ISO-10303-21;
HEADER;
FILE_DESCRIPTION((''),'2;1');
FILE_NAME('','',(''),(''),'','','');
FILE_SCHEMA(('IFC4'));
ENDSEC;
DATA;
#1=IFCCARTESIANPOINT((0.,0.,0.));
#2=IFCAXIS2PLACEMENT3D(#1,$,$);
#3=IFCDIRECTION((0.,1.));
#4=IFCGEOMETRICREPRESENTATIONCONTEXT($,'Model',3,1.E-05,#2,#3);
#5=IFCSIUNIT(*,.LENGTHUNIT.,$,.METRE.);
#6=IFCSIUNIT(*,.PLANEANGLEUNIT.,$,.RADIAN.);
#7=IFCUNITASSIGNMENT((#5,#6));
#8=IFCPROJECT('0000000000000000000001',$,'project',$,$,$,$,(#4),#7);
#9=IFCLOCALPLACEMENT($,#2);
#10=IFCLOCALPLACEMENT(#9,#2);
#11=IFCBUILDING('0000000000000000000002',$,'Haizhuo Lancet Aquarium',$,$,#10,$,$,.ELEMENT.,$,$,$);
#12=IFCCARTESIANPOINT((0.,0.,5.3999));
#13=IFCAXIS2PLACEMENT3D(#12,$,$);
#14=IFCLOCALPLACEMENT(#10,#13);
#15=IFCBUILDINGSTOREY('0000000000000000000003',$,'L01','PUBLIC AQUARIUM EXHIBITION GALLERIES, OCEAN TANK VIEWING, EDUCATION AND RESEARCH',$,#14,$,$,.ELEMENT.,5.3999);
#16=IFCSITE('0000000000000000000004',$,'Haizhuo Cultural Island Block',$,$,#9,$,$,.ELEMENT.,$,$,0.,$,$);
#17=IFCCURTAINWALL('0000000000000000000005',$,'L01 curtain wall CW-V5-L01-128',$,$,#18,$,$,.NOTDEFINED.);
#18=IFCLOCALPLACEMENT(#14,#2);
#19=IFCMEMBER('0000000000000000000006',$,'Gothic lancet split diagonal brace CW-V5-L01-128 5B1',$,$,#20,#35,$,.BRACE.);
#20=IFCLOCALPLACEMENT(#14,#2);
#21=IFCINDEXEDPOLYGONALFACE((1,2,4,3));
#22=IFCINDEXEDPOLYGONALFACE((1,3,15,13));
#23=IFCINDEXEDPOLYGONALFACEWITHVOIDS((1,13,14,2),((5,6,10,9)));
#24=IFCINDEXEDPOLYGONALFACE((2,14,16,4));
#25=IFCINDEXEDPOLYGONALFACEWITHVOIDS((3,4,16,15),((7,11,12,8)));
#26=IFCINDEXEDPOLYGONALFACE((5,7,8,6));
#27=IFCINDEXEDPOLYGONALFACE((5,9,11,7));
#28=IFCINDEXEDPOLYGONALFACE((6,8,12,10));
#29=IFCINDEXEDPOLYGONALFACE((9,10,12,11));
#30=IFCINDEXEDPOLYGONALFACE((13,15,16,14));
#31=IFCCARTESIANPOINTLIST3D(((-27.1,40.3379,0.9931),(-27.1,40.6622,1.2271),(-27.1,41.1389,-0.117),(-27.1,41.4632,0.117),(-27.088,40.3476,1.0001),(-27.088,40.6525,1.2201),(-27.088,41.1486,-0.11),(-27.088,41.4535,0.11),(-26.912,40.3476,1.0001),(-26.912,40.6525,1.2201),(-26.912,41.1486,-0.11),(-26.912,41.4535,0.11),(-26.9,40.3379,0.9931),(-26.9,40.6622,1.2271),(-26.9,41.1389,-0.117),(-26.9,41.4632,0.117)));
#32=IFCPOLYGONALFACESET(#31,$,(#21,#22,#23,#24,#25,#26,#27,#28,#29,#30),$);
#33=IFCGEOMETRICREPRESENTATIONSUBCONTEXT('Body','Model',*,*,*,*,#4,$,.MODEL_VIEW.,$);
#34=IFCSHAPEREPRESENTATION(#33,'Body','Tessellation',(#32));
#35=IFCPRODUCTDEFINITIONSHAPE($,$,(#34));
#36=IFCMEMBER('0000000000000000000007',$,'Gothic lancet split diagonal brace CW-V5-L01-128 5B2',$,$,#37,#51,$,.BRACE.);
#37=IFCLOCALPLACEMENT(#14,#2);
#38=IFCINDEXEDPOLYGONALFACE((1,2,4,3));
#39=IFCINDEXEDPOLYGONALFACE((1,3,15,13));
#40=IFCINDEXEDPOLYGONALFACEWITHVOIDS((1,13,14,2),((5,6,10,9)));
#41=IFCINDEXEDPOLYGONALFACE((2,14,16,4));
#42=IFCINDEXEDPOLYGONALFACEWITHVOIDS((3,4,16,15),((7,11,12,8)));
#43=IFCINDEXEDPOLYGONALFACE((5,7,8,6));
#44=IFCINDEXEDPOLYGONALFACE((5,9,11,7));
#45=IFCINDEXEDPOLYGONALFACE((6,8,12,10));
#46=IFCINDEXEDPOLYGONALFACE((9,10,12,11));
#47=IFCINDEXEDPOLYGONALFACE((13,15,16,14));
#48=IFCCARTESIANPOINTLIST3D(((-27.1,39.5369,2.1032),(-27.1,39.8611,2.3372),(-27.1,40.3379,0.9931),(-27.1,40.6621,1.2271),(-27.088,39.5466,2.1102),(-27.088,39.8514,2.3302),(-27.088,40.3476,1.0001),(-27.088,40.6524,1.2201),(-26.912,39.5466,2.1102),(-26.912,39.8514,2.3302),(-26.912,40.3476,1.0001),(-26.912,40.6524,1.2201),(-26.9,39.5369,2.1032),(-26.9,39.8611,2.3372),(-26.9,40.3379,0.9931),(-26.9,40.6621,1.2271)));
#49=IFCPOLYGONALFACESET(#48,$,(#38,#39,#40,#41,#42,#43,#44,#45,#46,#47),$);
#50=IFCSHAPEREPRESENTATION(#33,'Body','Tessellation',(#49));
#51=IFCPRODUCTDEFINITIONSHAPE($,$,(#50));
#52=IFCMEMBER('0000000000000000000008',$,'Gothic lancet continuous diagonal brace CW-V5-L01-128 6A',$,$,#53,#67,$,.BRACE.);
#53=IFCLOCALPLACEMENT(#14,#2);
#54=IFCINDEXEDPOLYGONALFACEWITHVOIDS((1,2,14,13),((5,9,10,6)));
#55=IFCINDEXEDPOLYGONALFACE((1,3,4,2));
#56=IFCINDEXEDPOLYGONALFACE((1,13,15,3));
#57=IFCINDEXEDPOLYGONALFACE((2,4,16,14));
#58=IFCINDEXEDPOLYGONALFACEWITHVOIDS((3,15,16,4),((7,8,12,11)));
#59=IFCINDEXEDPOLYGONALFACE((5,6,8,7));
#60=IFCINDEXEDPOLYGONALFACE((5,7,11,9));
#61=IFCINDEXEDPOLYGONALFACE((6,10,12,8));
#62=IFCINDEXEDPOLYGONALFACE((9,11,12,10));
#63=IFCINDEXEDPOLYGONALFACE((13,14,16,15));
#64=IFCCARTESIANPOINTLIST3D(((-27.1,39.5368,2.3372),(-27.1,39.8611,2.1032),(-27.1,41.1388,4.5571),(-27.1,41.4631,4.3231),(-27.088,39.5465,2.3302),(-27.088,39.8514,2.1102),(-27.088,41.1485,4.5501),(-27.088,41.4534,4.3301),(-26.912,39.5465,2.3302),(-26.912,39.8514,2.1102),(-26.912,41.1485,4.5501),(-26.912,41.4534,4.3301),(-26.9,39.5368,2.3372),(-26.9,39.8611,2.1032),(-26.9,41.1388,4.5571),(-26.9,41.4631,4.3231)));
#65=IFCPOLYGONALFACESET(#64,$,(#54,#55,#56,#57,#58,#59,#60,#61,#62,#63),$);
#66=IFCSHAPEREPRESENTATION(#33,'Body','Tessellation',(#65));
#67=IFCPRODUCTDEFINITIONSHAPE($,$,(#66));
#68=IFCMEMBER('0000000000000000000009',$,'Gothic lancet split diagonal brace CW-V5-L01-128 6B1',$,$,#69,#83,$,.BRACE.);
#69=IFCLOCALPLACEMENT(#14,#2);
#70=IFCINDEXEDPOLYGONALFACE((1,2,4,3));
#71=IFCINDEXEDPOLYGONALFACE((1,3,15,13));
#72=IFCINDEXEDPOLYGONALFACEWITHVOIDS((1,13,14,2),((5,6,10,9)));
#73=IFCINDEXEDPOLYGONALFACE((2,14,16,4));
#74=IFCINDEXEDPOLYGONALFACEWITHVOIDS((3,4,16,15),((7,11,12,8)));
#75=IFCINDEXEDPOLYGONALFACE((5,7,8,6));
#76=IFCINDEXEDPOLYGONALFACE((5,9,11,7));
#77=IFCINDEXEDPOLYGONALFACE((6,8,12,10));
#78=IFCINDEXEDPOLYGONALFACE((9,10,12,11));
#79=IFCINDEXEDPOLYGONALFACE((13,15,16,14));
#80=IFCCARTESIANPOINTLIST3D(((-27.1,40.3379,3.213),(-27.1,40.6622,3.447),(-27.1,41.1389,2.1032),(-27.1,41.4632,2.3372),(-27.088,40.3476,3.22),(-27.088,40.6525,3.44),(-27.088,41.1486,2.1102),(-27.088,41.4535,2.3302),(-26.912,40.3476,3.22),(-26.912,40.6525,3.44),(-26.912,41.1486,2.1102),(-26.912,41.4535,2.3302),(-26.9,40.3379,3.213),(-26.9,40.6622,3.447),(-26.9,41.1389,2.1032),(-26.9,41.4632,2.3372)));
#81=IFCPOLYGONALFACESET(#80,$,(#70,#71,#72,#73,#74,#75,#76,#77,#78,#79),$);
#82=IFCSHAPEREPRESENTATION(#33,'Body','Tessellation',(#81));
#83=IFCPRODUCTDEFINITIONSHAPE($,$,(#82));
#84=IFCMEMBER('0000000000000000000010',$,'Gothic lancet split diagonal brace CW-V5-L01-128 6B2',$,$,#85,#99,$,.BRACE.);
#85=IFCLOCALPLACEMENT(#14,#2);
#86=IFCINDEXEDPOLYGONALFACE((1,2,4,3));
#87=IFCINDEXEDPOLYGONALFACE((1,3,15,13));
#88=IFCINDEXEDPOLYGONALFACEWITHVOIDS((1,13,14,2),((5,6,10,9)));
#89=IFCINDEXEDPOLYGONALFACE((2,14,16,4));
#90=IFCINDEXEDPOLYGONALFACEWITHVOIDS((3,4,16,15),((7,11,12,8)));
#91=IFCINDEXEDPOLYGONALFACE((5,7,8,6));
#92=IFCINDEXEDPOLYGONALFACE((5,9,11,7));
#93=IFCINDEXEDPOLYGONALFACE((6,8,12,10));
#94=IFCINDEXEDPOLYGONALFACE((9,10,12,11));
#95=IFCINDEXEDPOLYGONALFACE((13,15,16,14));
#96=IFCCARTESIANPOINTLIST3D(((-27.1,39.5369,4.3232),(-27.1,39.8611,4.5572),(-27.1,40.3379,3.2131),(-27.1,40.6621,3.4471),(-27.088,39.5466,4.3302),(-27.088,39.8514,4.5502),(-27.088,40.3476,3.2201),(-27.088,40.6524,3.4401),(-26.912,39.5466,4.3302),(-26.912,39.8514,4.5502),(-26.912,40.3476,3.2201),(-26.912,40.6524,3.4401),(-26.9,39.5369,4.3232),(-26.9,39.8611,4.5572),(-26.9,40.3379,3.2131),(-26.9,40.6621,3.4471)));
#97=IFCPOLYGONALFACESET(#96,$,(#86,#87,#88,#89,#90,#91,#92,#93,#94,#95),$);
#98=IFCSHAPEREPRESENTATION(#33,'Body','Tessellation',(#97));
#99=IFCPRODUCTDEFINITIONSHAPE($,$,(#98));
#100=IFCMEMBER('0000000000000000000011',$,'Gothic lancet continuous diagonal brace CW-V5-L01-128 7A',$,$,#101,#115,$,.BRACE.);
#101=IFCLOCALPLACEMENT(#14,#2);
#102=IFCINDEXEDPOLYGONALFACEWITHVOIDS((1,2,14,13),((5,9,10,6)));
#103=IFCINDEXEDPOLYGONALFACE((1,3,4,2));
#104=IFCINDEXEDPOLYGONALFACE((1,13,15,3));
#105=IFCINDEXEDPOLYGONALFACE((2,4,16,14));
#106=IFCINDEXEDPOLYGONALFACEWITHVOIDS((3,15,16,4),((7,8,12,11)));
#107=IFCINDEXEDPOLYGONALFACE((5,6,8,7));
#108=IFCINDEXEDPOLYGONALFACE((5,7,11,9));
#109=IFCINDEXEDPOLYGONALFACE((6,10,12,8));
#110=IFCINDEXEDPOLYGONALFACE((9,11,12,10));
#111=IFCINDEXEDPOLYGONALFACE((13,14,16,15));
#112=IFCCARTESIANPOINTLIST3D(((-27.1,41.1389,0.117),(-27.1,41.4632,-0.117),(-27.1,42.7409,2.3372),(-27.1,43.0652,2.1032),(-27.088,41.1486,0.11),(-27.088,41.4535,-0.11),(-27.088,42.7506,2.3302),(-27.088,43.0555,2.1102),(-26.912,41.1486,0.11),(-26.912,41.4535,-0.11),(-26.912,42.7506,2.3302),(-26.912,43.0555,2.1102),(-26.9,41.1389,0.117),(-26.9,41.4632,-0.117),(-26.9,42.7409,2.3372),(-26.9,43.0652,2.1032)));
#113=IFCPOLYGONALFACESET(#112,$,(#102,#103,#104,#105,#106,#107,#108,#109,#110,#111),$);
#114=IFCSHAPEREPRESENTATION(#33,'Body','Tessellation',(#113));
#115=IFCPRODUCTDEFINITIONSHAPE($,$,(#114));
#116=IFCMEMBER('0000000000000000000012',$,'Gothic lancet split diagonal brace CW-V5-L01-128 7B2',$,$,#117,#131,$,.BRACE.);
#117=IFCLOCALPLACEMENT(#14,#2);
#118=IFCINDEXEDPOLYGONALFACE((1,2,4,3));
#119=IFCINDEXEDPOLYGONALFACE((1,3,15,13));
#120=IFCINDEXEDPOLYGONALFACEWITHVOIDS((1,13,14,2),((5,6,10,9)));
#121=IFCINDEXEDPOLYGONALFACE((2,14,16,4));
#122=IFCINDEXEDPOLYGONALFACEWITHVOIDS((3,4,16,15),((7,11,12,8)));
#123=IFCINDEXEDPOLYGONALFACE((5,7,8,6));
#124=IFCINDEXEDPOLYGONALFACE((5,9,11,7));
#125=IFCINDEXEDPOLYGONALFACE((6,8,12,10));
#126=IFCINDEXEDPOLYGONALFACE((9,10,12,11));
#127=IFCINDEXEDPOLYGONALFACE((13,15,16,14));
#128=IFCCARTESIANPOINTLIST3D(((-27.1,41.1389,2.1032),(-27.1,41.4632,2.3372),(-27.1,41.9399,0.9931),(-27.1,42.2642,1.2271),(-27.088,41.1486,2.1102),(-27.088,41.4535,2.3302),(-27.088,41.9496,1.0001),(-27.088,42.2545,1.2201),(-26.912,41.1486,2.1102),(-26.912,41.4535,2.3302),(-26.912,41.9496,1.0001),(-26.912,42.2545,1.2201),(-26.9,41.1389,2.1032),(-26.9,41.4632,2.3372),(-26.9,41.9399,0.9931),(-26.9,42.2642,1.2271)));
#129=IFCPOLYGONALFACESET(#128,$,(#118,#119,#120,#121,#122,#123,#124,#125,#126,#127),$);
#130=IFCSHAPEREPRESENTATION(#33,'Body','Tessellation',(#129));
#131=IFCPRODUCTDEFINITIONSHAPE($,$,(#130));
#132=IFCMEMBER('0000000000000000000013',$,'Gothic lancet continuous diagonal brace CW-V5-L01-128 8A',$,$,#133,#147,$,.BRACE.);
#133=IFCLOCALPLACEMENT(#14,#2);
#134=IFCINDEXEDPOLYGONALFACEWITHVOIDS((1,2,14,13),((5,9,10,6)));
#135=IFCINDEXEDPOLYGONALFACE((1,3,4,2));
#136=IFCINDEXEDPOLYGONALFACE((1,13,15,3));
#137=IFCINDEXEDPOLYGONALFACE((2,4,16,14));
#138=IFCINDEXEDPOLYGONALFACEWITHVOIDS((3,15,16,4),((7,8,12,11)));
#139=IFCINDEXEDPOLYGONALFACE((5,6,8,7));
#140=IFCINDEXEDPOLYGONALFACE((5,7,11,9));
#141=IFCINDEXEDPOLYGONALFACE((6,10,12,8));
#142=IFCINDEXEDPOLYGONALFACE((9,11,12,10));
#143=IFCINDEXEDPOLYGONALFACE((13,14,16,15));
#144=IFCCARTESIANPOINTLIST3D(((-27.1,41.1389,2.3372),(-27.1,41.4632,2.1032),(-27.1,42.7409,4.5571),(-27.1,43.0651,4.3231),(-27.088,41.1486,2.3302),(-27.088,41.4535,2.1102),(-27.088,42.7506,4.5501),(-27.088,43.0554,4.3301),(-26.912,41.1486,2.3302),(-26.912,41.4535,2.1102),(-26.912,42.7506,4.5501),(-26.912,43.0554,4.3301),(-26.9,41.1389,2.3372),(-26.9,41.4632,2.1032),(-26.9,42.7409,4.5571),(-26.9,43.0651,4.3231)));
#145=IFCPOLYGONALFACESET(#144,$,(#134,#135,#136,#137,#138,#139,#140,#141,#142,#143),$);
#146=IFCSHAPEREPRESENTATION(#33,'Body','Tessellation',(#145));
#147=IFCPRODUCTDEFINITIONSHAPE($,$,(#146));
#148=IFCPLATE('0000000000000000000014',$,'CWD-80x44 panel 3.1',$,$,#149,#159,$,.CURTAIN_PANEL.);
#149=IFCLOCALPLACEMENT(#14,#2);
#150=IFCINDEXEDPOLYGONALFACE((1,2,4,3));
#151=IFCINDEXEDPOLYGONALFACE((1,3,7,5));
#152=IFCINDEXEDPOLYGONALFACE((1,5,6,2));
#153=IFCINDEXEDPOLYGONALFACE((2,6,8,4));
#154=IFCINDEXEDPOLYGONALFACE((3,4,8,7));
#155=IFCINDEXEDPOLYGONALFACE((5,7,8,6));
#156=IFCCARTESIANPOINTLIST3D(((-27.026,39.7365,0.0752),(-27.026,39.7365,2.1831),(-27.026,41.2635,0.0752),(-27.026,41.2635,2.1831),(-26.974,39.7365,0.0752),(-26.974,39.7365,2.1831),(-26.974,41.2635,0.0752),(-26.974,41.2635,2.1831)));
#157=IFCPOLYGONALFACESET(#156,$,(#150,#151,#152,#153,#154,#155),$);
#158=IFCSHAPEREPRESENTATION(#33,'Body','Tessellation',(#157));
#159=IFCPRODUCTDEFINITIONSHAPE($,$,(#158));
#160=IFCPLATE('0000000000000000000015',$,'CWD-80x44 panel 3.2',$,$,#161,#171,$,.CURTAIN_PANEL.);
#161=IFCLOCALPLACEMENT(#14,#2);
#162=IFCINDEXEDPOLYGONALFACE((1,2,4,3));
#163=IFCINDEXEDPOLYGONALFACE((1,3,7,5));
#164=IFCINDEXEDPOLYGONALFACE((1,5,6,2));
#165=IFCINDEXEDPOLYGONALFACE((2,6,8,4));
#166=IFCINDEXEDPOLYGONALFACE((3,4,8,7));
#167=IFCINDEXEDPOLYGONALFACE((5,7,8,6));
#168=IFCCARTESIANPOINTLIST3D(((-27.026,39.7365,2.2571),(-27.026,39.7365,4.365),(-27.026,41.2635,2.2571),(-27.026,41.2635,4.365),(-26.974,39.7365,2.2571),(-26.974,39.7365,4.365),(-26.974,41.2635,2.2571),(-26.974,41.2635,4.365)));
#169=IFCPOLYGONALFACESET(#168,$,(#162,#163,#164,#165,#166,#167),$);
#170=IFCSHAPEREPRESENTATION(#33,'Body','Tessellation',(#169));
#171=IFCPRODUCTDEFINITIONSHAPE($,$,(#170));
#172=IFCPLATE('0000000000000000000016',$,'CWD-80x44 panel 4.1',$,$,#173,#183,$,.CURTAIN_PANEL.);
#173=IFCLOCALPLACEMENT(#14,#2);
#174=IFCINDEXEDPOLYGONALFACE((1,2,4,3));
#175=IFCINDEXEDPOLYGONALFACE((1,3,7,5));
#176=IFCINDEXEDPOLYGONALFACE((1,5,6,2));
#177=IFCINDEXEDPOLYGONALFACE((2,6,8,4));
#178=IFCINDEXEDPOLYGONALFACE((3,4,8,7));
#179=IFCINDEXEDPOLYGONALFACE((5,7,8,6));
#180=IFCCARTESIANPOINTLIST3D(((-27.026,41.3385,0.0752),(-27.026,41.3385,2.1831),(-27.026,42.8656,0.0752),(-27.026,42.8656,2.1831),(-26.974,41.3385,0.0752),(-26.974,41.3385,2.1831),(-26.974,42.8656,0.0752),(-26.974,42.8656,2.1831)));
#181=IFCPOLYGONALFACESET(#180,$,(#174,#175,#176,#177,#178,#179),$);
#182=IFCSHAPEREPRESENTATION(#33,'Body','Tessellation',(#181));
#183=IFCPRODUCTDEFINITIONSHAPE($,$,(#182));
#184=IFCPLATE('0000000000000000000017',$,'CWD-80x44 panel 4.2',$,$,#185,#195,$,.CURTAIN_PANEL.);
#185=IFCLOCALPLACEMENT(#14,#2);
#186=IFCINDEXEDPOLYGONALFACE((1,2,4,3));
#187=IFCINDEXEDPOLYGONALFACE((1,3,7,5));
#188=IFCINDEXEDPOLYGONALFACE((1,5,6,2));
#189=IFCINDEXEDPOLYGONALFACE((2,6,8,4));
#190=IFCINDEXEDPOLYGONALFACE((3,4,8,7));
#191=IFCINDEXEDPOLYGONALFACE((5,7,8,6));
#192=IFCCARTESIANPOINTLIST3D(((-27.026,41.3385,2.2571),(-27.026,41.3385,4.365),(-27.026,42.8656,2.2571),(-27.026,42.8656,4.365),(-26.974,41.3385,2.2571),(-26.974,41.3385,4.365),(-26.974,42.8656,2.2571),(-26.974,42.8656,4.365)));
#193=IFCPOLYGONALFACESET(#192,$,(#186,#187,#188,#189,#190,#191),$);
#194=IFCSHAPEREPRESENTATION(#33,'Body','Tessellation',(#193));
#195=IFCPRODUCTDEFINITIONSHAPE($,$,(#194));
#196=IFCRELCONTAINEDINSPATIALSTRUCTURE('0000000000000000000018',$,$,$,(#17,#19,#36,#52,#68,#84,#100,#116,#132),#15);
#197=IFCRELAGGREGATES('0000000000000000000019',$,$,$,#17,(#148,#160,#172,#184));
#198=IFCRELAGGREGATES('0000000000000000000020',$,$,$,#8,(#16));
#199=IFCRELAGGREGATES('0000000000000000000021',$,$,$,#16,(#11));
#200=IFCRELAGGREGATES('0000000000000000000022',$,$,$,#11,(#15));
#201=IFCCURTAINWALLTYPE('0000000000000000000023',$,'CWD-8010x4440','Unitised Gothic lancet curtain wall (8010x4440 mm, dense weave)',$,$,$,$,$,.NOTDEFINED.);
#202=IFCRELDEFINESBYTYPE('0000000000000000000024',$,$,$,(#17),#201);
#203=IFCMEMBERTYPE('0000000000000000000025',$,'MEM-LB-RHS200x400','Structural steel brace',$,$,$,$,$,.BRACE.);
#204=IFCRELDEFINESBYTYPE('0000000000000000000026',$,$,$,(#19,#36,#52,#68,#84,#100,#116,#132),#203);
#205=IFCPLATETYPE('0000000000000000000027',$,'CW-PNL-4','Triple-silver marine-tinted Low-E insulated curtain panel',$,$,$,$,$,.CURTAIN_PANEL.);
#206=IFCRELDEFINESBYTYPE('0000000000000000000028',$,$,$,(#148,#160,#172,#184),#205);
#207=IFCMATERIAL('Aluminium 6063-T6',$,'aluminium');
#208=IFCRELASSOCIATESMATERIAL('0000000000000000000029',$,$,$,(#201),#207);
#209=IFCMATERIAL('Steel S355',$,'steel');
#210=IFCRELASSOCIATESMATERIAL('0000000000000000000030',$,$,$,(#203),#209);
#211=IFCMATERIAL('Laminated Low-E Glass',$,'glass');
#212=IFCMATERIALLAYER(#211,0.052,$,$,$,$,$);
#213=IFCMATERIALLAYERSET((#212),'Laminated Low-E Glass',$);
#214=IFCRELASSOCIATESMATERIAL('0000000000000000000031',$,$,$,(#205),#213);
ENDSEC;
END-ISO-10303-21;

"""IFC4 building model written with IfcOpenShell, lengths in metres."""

from ifc_helpers import new_model, si_unit, direction, frame, origin, origin_2d, place, context, subcontext, project, spatial, rectangle, hollow_rectangle, extrude, material, layer, layer_set, material_profile, profile_set, type_object, element, aggregate, save


model = new_model("IFC4")

# Units and contexts
model_context = context("Model", 3, precision=1e-05, world=origin(), true_north=direction((0.0, 1.0)))
body_context = subcontext(model_context, "Body", "Model", "MODEL_VIEW")
ifc_project = project(units=[si_unit("LENGTHUNIT", "METRE"), si_unit("PLANEANGLEUNIT", "RADIAN")], contexts=[model_context])

# Site, building, storey
site_placement = place(None, origin())
site = spatial("IfcSite", under=ifc_project, at=site_placement, Name="Haizhuo Cultural Island Block", CompositionType="ELEMENT", RefElevation=0.0)
building_placement = place(site_placement, origin())
building = spatial("IfcBuilding", under=site, at=building_placement, Name="Haizhuo Lancet Aquarium", CompositionType="ELEMENT")
storey_placement = place(building_placement, frame((0.0, 0.0, 5.3999)))
storey = spatial("IfcBuildingStorey", under=building, at=storey_placement, Name="L01", Description="PUBLIC AQUARIUM EXHIBITION GALLERIES, OCEAN TANK VIEWING, EDUCATION AND RESEARCH", CompositionType="ELEMENT", Elevation=5.3999)

# Curtain wall
ifc_material_1 = material(Name="Aluminium 6063-T6", Category="aluminium")
curtain_wall_type = type_object("IfcCurtainWallType", Name="CWD-8010x4440", Description="Unitised Gothic lancet curtain wall (8010x4440 mm, dense weave)", PredefinedType="NOTDEFINED", material=ifc_material_1)
curtain_wall_placement = place(storey_placement, origin())
curtain_wall = element("IfcCurtainWall", 1, at=curtain_wall_placement, inside=storey, type_object=curtain_wall_type, Name="L01 curtain wall CW-V5-L01-128", PredefinedType="NOTDEFINED")

# Members
ifc_material_2 = material(Name="Steel S355", Category="steel")
ifc_material_profile_1 = material_profile(ifc_material_2, hollow_rectangle(XDim=0.2, YDim=0.3999, WallThickness=0.012, at=origin_2d()), Name="RHS 200x400x12")
ifc_profile_set_1 = profile_set([ifc_material_profile_1], Name="Steel S355")
member_type_1 = type_object("IfcMemberType", Name="MEM-LB-RHS200x400", Description="Structural steel brace", PredefinedType="BRACE", material=ifc_profile_set_1)
for number, where, z_axis, x_axis, name in (
    (2, (-27.0, 41.301, 0.0), (0.0, -0.585145, 0.810928), (1.0, 0.0, 0.0), "Gothic lancet split diagonal brace CW-V5-L01-128 5B1"),
    (3, (-27.0, 40.5, 1.1101), (0.0, -0.585145, 0.810928), (1.0, 0.0, 0.0), "Gothic lancet split diagonal brace CW-V5-L01-128 5B2"),
):
    element("IfcMember", number, at=place(storey_placement, frame(where, z_axis=z_axis, x_axis=x_axis)), inside=storey, type_object=member_type_1, Name=name, PredefinedType="BRACE", context=body_context, shape_type="SweptSolid", body=[
        extrude(hollow_rectangle(XDim=0.2, YDim=0.3999, WallThickness=0.012, at=origin_2d()), origin(), (0.0, 0.0, 1.0), 1.3689),
    ])
member_1_placement = place(storey_placement, frame((-27.0, 39.699, 2.2202), z_axis=(0.0, 0.585188, 0.810898), x_axis=(-1.0, 0.0, 0.0)))
element("IfcMember", 4, at=member_1_placement, inside=storey, type_object=member_type_1, Name="Gothic lancet continuous diagonal brace CW-V5-L01-128 6A", PredefinedType="BRACE", context=body_context, shape_type="SweptSolid", body=[
    extrude(hollow_rectangle(XDim=0.2, YDim=0.3999, WallThickness=0.012, at=origin_2d()), origin(), (0.0, 0.0, 1.0), 2.7375),
])
member_2_placement = place(storey_placement, frame((-27.0, 41.301, 2.2202), z_axis=(0.0, -0.58523, 0.810867), x_axis=(1.0, 0.0, 0.0)))
element("IfcMember", 5, at=member_2_placement, inside=storey, type_object=member_type_1, Name="Gothic lancet split diagonal brace CW-V5-L01-128 6B1", PredefinedType="BRACE", context=body_context, shape_type="SweptSolid", body=[
    extrude(hollow_rectangle(XDim=0.2, YDim=0.3999, WallThickness=0.012, at=origin_2d()), origin(), (0.0, 0.0, 1.0), 1.3687),
])
member_3_placement = place(storey_placement, frame((-27.0, 40.5, 3.3301), z_axis=(0.0, -0.585145, 0.810928), x_axis=(1.0, 0.0, 0.0)))
element("IfcMember", 6, at=member_3_placement, inside=storey, type_object=member_type_1, Name="Gothic lancet split diagonal brace CW-V5-L01-128 6B2", PredefinedType="BRACE", context=body_context, shape_type="SweptSolid", body=[
    extrude(hollow_rectangle(XDim=0.2, YDim=0.3999, WallThickness=0.012, at=origin_2d()), origin(), (0.0, 0.0, 1.0), 1.3689),
])
member_4_placement = place(storey_placement, frame((-27.0, 41.301, 0.0), z_axis=(0.0, 0.585145, 0.810928), x_axis=(-1.0, 0.0, 0.0)))
element("IfcMember", 7, at=member_4_placement, inside=storey, type_object=member_type_1, Name="Gothic lancet continuous diagonal brace CW-V5-L01-128 7A", PredefinedType="BRACE", context=body_context, shape_type="SweptSolid", body=[
    extrude(hollow_rectangle(XDim=0.2, YDim=0.3999, WallThickness=0.012, at=origin_2d()), origin(), (0.0, 0.0, 1.0), 2.7378),
])
member_5_placement = place(storey_placement, frame((-27.0, 42.1021, 1.1101), z_axis=(0.0, -0.585145, 0.810928), x_axis=(1.0, 0.0, 0.0)))
element("IfcMember", 8, at=member_5_placement, inside=storey, type_object=member_type_1, Name="Gothic lancet split diagonal brace CW-V5-L01-128 7B2", PredefinedType="BRACE", context=body_context, shape_type="SweptSolid", body=[
    extrude(hollow_rectangle(XDim=0.2, YDim=0.3999, WallThickness=0.012, at=origin_2d()), origin(), (0.0, 0.0, 1.0), 1.3689),
])
member_6_placement = place(storey_placement, frame((-27.0, 41.301, 2.2202), z_axis=(0.0, 0.585188, 0.810898), x_axis=(-1.0, 0.0, 0.0)))
element("IfcMember", 9, at=member_6_placement, inside=storey, type_object=member_type_1, Name="Gothic lancet continuous diagonal brace CW-V5-L01-128 8A", PredefinedType="BRACE", context=body_context, shape_type="SweptSolid", body=[
    extrude(hollow_rectangle(XDim=0.2, YDim=0.3999, WallThickness=0.012, at=origin_2d()), origin(), (0.0, 0.0, 1.0), 2.7375),
])

# Plates
ifc_material_3 = material(Name="Laminated Low-E Glass", Category="glass")
ifc_layer = layer(ifc_material_3, 0.052)
ifc_layer_set = layer_set([ifc_layer], Name="Laminated Low-E Glass")
plate_type = type_object("IfcPlateType", Name="CW-PNL-4", Description="Triple-silver marine-tinted Low-E insulated curtain panel", PredefinedType="CURTAIN_PANEL", material=ifc_layer_set)
plate_1_placement = place(storey_placement, frame((-27.0, 40.5, 0.0752), z_axis=(0.0, 0.0, 1.0), x_axis=(0.0, 1.0, 0.0)))
plate_1 = element("IfcPlate", 10, at=plate_1_placement, type_object=plate_type, Name="CWD-80x44 panel 3.1", PredefinedType="CURTAIN_PANEL", context=body_context, shape_type="SweptSolid", body=[
    extrude(rectangle(XDim=1.5271, YDim=0.052, at=origin_2d()), origin(), (0.0, 0.0, 1.0), 2.1079),
])
plate_2_placement = place(storey_placement, frame((-27.0, 40.5, 2.2571), z_axis=(0.0, 0.0, 1.0), x_axis=(0.0, 1.0, 0.0)))
plate_2 = element("IfcPlate", 11, at=plate_2_placement, type_object=plate_type, Name="CWD-80x44 panel 3.2", PredefinedType="CURTAIN_PANEL", context=body_context, shape_type="SweptSolid", body=[
    extrude(rectangle(XDim=1.5271, YDim=0.052, at=origin_2d()), origin(), (0.0, 0.0, 1.0), 2.1079),
])
plate_3_placement = place(storey_placement, frame((-27.0, 42.1021, 0.0752), z_axis=(0.0, 0.0, 1.0), x_axis=(0.0, 1.0, 0.0)))
plate_3 = element("IfcPlate", 12, at=plate_3_placement, type_object=plate_type, Name="CWD-80x44 panel 4.1", PredefinedType="CURTAIN_PANEL", context=body_context, shape_type="SweptSolid", body=[
    extrude(rectangle(XDim=1.5271, YDim=0.052, at=origin_2d()), origin(), (0.0, 0.0, 1.0), 2.1079),
])
plate_4_placement = place(storey_placement, frame((-27.0, 42.1021, 2.2571), z_axis=(0.0, 0.0, 1.0), x_axis=(0.0, 1.0, 0.0)))
plate_4 = element("IfcPlate", 13, at=plate_4_placement, type_object=plate_type, Name="CWD-80x44 panel 4.2", PredefinedType="CURTAIN_PANEL", context=body_context, shape_type="SweptSolid", body=[
    extrude(rectangle(XDim=1.5271, YDim=0.052, at=origin_2d()), origin(), (0.0, 0.0, 1.0), 2.1079),
])
aggregate(curtain_wall, [plate_1, plate_2, plate_3, plate_4])

save(model, "model.ifc")
